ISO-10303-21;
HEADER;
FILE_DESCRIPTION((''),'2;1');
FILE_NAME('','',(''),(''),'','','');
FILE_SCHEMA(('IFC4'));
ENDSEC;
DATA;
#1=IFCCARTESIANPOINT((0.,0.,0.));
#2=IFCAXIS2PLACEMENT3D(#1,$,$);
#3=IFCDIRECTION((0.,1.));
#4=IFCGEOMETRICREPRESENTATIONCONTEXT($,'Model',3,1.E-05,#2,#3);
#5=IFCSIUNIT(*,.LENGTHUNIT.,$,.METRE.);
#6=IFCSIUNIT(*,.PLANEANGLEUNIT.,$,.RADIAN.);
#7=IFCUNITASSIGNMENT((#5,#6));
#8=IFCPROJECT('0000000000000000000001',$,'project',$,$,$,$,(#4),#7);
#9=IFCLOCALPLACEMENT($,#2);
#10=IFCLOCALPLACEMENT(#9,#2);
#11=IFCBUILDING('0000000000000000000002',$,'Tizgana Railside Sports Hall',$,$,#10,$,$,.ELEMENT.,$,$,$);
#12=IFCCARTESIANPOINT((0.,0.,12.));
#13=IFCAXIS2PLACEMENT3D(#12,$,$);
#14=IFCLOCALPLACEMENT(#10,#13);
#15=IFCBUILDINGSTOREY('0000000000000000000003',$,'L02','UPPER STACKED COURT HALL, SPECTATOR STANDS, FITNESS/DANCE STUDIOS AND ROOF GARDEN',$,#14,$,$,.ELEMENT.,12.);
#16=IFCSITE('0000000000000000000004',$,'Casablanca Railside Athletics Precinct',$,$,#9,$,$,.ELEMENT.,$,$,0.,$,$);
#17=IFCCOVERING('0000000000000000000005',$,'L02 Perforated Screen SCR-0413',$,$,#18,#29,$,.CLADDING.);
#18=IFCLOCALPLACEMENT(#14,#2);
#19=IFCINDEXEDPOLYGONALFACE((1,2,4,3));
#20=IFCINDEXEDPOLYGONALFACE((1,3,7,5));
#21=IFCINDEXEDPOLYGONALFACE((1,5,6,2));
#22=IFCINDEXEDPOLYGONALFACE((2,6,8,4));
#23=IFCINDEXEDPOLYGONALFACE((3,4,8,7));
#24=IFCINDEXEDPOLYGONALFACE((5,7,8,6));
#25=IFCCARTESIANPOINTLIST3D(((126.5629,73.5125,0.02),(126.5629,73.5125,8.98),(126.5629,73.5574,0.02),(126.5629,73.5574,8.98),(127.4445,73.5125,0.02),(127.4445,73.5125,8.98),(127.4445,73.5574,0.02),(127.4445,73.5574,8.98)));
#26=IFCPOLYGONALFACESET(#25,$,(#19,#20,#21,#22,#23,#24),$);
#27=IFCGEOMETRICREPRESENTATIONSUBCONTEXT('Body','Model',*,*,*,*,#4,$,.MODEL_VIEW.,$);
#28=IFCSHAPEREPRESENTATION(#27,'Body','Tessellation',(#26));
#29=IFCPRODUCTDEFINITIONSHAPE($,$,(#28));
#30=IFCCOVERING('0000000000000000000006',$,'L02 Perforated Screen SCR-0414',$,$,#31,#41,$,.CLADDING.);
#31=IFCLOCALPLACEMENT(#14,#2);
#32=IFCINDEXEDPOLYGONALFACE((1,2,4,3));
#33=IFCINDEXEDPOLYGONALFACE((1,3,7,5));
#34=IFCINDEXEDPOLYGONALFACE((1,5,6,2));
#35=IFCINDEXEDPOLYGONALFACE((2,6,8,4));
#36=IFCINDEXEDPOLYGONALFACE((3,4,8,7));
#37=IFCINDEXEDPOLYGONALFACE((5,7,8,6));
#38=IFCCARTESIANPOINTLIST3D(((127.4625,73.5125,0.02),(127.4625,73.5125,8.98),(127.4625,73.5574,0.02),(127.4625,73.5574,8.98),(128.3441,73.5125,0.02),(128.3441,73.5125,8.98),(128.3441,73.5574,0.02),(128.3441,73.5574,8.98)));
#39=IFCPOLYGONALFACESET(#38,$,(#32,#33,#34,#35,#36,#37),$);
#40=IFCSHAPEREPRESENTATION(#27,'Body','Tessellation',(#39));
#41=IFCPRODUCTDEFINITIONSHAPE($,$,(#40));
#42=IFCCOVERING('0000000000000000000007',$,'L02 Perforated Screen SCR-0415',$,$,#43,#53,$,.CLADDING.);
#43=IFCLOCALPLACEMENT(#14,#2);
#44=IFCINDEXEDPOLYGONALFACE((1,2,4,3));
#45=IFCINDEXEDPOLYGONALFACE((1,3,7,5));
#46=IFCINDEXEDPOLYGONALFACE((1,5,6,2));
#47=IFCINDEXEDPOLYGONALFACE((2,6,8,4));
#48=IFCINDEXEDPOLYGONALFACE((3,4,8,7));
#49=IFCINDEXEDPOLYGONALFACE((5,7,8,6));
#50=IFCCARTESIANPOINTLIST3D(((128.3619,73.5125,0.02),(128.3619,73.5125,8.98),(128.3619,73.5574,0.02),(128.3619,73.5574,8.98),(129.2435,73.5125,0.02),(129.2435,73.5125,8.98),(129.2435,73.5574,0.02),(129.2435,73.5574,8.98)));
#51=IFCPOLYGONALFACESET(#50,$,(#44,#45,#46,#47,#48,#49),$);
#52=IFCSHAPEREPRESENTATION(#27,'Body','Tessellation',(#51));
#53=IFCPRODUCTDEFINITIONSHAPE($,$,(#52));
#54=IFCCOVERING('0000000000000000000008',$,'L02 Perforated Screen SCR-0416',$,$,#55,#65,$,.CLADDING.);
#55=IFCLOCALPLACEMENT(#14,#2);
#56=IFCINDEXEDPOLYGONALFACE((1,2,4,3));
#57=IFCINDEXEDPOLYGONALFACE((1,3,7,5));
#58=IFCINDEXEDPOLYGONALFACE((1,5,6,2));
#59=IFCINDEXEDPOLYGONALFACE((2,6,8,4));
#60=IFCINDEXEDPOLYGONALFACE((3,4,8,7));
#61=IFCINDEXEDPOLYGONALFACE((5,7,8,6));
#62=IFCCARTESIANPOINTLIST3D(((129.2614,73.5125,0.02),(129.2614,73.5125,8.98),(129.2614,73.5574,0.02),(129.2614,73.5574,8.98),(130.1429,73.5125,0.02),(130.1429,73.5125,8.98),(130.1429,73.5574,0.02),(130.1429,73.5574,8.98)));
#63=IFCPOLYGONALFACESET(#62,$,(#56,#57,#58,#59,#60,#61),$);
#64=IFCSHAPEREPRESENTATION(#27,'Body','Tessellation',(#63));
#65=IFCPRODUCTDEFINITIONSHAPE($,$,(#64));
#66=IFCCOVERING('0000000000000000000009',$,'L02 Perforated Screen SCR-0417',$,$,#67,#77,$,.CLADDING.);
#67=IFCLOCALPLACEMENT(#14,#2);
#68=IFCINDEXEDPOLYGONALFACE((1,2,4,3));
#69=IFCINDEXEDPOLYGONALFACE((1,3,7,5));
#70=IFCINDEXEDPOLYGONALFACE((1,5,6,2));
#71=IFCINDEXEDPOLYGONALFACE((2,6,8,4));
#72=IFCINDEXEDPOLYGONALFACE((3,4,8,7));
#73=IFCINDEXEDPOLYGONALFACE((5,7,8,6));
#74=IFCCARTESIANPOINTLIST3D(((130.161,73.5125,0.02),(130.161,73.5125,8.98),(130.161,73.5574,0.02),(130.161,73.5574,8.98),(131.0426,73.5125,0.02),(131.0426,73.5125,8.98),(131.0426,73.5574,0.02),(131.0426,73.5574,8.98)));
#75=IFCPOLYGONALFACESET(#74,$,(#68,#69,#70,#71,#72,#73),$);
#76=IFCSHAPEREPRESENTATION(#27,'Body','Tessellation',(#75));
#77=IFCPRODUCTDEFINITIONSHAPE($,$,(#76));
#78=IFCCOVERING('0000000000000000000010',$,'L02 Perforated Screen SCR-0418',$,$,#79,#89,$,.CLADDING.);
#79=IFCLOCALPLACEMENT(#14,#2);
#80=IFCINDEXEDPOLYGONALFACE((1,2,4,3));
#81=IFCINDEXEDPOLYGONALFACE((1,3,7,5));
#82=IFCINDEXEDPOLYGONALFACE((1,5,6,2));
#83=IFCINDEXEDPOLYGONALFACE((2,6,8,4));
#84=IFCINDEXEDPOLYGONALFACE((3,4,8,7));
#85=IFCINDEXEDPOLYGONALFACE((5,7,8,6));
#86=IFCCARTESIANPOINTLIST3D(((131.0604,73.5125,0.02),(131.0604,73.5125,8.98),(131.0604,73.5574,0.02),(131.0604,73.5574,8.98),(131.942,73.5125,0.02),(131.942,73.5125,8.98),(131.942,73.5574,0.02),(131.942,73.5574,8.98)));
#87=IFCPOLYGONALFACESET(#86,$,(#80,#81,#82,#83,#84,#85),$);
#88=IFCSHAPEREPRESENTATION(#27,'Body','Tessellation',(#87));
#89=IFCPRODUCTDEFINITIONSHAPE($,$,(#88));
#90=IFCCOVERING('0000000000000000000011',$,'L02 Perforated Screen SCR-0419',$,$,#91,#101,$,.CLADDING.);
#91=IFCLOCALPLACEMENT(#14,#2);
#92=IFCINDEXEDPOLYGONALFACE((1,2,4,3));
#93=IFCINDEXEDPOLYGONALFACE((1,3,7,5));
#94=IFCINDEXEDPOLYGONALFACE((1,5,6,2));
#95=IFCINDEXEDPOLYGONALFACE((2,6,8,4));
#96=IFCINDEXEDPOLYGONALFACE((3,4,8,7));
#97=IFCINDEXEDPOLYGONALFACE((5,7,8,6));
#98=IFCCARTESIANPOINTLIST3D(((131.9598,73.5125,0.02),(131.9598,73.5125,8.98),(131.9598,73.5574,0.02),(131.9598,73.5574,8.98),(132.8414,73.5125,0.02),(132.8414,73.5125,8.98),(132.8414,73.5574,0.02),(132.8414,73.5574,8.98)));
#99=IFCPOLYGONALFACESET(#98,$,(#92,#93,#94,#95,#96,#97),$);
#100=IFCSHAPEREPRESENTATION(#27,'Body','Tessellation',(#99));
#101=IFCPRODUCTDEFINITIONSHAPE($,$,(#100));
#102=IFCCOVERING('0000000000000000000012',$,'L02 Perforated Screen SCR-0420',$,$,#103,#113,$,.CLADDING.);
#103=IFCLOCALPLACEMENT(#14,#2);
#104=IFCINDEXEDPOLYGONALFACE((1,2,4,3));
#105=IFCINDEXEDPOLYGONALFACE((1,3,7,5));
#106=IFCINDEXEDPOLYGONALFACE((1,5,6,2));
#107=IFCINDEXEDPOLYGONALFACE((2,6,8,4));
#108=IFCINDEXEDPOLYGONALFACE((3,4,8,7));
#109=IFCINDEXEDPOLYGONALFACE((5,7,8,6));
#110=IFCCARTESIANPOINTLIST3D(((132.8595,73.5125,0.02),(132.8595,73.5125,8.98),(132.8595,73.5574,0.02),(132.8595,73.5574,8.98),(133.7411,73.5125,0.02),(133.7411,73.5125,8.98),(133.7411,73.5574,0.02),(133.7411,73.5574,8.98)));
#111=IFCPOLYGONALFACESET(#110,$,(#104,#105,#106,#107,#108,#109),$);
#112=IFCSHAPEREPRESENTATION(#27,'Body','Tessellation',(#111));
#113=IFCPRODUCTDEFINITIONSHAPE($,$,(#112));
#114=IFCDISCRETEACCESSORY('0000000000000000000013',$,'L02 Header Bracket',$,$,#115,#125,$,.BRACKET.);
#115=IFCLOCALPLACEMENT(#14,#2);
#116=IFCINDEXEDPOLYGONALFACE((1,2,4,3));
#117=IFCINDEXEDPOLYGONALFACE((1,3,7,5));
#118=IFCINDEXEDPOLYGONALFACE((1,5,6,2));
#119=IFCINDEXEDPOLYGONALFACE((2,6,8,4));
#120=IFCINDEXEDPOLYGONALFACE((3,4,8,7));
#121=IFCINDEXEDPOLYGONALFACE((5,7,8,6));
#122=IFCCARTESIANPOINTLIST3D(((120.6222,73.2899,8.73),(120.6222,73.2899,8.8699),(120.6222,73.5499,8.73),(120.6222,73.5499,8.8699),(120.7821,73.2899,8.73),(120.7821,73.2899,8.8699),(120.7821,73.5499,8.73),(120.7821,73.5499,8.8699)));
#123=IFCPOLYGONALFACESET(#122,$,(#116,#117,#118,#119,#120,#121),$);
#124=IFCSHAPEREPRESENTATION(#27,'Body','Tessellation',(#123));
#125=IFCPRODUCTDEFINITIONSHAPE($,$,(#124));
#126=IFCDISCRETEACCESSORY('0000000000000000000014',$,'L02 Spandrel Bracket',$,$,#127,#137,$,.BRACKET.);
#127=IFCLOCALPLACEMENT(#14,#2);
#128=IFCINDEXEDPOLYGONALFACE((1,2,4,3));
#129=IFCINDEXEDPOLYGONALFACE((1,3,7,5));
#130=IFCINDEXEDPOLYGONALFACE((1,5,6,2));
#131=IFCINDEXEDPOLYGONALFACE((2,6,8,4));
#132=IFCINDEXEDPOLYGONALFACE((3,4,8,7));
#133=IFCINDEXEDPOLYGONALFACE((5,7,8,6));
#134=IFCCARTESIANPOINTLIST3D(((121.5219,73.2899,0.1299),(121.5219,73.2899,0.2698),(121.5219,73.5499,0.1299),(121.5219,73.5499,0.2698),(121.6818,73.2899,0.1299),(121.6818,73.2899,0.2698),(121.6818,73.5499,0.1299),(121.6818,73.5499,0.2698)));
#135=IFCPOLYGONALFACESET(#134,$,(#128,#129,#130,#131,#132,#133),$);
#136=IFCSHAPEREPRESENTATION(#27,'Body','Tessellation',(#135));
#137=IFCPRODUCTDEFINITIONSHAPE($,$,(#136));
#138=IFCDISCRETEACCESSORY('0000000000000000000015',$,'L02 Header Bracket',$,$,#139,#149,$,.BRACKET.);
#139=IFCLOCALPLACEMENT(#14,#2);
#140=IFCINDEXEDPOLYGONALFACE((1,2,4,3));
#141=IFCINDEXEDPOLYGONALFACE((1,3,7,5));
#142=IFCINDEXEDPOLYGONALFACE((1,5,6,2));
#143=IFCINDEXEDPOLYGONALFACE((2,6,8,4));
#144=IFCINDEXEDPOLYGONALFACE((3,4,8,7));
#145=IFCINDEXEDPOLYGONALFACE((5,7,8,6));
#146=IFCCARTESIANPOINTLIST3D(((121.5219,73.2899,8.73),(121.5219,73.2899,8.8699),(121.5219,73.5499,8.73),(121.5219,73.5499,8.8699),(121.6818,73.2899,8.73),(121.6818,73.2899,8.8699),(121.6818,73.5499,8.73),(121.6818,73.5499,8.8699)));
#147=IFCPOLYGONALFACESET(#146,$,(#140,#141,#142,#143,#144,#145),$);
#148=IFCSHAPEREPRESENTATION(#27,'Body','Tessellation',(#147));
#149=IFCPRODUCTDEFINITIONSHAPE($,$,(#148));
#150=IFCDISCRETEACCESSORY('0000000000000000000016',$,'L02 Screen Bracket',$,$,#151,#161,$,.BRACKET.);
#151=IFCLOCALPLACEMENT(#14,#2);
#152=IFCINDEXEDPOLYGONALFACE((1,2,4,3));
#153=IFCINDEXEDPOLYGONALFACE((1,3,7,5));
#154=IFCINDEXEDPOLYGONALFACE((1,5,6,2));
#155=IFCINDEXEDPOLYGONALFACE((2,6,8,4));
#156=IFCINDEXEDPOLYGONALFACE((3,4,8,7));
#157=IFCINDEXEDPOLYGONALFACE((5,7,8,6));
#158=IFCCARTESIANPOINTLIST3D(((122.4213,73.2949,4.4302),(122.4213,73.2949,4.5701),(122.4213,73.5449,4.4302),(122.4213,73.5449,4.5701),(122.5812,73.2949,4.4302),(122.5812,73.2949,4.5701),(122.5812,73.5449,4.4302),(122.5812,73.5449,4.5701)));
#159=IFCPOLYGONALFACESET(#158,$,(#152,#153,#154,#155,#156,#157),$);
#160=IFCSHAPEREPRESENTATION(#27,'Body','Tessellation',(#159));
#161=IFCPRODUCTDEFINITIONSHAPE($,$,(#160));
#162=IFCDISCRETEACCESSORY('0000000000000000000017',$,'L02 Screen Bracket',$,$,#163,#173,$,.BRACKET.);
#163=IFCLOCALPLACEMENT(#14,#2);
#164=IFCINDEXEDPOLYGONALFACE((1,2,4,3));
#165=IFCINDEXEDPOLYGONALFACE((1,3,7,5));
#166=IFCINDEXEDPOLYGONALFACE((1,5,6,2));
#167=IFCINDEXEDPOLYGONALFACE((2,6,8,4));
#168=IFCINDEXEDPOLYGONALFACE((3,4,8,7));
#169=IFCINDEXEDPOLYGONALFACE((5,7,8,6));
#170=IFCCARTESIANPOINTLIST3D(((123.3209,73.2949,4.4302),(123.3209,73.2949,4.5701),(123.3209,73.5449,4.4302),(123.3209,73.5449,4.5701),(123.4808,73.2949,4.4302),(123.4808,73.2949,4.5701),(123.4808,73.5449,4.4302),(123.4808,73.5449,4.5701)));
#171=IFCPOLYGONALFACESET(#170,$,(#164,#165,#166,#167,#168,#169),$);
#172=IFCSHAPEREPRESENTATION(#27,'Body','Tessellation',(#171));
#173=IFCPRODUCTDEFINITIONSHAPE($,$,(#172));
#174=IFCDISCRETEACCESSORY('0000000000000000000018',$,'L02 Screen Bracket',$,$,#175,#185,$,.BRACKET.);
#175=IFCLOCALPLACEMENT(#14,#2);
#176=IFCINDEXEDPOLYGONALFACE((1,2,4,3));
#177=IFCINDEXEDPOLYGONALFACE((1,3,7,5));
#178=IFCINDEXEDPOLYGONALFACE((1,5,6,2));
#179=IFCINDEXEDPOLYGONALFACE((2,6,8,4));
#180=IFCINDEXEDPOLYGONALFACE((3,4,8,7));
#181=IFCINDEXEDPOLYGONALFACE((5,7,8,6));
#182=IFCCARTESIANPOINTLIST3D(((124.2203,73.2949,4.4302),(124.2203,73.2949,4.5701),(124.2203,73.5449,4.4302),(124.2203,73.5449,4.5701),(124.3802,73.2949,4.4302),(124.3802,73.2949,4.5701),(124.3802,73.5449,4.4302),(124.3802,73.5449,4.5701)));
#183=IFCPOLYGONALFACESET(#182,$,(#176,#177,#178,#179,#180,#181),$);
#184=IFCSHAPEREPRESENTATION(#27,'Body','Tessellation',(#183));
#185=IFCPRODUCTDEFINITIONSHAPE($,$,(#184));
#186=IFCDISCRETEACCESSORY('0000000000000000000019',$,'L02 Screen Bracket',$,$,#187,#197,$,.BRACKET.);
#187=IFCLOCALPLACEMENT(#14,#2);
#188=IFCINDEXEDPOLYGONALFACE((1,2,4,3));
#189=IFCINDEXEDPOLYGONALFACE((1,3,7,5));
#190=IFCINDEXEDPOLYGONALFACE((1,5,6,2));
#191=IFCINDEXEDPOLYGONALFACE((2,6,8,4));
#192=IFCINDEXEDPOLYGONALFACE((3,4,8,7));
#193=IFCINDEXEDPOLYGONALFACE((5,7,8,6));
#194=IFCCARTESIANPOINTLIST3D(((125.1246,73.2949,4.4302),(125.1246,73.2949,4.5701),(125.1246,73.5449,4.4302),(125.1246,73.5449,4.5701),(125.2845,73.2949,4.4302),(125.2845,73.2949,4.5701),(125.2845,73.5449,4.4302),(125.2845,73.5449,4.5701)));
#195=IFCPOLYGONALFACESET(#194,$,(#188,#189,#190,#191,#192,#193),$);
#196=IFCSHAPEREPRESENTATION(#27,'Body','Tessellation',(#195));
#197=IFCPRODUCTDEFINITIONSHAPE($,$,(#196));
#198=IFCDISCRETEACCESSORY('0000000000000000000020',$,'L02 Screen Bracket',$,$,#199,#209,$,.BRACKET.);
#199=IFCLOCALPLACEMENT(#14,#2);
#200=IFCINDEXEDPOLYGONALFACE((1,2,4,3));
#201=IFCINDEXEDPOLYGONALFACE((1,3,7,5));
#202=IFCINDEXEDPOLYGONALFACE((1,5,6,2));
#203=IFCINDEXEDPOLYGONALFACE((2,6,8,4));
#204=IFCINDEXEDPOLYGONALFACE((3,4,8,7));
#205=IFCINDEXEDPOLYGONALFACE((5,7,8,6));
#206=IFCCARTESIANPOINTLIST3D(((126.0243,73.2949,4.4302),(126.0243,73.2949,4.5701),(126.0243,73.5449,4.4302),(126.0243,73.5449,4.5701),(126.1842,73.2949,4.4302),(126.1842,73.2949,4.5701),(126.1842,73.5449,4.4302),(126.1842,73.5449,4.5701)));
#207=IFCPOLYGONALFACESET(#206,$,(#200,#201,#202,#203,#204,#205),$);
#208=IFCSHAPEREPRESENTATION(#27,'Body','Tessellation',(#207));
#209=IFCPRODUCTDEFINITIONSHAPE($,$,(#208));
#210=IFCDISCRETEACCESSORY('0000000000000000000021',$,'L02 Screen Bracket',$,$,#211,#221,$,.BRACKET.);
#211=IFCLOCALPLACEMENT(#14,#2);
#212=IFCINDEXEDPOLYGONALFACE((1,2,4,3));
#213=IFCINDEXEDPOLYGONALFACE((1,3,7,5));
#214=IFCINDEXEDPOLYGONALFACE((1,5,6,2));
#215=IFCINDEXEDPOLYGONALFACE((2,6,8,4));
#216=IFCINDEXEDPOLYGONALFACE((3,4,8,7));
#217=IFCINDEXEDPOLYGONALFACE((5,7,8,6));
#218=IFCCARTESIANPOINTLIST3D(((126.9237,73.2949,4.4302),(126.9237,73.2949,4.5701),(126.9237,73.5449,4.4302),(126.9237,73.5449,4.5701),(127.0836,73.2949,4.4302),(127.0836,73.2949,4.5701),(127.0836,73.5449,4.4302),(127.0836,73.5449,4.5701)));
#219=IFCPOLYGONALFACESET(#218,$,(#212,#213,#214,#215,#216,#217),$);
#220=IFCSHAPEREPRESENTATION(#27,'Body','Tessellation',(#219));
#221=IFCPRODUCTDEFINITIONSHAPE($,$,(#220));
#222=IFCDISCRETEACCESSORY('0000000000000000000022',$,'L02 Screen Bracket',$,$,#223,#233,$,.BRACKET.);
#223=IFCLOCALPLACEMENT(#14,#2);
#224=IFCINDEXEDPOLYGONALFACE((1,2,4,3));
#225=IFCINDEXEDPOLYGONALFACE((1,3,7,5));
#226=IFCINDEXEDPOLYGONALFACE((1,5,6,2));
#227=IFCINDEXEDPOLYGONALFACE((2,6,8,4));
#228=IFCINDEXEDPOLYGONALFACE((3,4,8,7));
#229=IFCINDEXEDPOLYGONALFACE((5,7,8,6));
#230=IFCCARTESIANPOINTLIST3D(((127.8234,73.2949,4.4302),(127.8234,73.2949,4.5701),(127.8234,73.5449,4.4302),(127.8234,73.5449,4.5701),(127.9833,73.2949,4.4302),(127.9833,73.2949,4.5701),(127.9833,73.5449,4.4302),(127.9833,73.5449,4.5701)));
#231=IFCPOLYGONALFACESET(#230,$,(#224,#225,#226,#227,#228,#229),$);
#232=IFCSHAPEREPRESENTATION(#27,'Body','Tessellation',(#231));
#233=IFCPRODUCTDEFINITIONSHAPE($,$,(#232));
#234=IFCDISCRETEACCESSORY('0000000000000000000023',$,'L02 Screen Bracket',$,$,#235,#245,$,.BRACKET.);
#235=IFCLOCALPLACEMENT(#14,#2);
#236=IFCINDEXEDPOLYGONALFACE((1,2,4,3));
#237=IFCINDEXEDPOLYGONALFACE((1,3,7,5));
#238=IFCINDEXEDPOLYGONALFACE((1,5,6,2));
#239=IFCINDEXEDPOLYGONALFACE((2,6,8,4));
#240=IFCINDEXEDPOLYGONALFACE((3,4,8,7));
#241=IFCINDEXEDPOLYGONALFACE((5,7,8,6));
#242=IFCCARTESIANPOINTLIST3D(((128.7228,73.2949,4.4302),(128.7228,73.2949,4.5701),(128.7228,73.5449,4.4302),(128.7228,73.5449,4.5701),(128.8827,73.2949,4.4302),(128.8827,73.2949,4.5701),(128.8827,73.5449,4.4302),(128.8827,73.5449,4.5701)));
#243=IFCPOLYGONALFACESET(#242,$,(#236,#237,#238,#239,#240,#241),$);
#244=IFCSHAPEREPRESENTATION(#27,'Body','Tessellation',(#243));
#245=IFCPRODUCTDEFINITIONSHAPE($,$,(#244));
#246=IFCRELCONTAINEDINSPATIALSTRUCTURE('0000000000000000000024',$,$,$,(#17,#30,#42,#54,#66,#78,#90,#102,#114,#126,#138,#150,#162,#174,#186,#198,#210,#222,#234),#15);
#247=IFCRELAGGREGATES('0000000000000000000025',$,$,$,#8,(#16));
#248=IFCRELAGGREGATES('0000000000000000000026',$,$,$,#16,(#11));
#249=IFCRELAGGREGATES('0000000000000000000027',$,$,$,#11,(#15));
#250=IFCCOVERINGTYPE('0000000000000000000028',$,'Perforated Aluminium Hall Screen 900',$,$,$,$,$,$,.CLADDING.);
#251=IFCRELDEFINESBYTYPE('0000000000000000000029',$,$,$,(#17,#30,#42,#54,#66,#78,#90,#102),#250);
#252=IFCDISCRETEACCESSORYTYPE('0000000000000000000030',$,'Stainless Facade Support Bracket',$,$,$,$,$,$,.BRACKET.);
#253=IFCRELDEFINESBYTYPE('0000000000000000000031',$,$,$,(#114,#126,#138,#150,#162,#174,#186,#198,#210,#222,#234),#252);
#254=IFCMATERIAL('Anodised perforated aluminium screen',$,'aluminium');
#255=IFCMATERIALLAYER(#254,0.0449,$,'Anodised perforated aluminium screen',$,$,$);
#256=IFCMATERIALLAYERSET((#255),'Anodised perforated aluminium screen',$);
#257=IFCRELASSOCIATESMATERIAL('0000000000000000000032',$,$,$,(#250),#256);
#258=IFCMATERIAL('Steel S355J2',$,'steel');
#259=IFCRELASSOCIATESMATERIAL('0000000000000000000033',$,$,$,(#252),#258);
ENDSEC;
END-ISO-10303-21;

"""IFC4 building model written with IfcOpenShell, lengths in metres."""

from ifc_helpers import new_model, si_unit, direction, frame, origin, origin_2d, place, context, subcontext, project, spatial, rectangle, extrude, material, layer, layer_set, type_object, element, save


model = new_model("IFC4")

# Units and contexts
model_context = context("Model", 3, precision=1e-05, world=origin(), true_north=direction((0.0, 1.0)))
body_context = subcontext(model_context, "Body", "Model", "MODEL_VIEW")
ifc_project = project(units=[si_unit("LENGTHUNIT", "METRE"), si_unit("PLANEANGLEUNIT", "RADIAN")], contexts=[model_context])

# Site, building, storey
site_placement = place(None, origin())
site = spatial("IfcSite", under=ifc_project, at=site_placement, Name="Casablanca Railside Athletics Precinct", CompositionType="ELEMENT", RefElevation=0.0)
building_placement = place(site_placement, origin())
building = spatial("IfcBuilding", under=site, at=building_placement, Name="Tizgana Railside Sports Hall", CompositionType="ELEMENT")
storey_placement = place(building_placement, frame((0.0, 0.0, 12.0)))
storey = spatial("IfcBuildingStorey", under=building, at=storey_placement, Name="L02", Description="UPPER STACKED COURT HALL, SPECTATOR STANDS, FITNESS/DANCE STUDIOS AND ROOF GARDEN", CompositionType="ELEMENT", Elevation=12.0)

# Coverings
ifc_material_1 = material(Name="Anodised perforated aluminium screen", Category="aluminium")
ifc_layer = layer(ifc_material_1, 0.0449, Name="Anodised perforated aluminium screen")
ifc_layer_set = layer_set([ifc_layer], Name="Anodised perforated aluminium screen")
covering_type = type_object("IfcCoveringType", Name="Perforated Aluminium Hall Screen 900", PredefinedType="CLADDING", material=ifc_layer_set)
for number, where, z_axis, x_axis, name in (
    (1, (127.0037, 73.5349, 0.02), (0.0, 0.0, 1.0), (1.0, 0.0, 0.0), "L02 Perforated Screen SCR-0413"),
    (2, (127.9033, 73.5349, 0.02), (0.0, 0.0, 1.0), (1.0, 0.0, 0.0), "L02 Perforated Screen SCR-0414"),
    (3, (128.8027, 73.5349, 0.02), (0.0, 0.0, 1.0), (1.0, 0.0, 0.0), "L02 Perforated Screen SCR-0415"),
    (4, (129.7021, 73.5349, 0.02), (0.0, 0.0, 1.0), (1.0, 0.0, 0.0), "L02 Perforated Screen SCR-0416"),
    (5, (130.6018, 73.5349, 0.02), (0.0, 0.0, 1.0), (1.0, 0.0, 0.0), "L02 Perforated Screen SCR-0417"),
    (6, (131.5012, 73.5349, 0.02), (0.0, 0.0, 1.0), (1.0, 0.0, 0.0), "L02 Perforated Screen SCR-0418"),
    (7, (132.4006, 73.5349, 0.02), (0.0, 0.0, 1.0), (1.0, 0.0, 0.0), "L02 Perforated Screen SCR-0419"),
    (8, (133.3003, 73.5349, 0.02), (0.0, 0.0, 1.0), (1.0, 0.0, 0.0), "L02 Perforated Screen SCR-0420"),
):
    element("IfcCovering", number, at=place(storey_placement, frame(where, z_axis=z_axis, x_axis=x_axis)), inside=storey, type_object=covering_type, Name=name, PredefinedType="CLADDING", context=body_context, shape_type="SweptSolid", body=[
        extrude(rectangle(XDim=0.8816, YDim=0.0449, at=origin_2d()), origin(), (0.0, 0.0, 1.0), 8.96),
    ])

# Discrete accessories
ifc_material_2 = material(Name="Steel S355J2", Category="steel")
discrete_accessory_type = type_object("IfcDiscreteAccessoryType", Name="Stainless Facade Support Bracket", PredefinedType="BRACKET", material=ifc_material_2)
for number, where, z_axis, x_axis, name in (
    (9, (120.7021, 73.4199, 8.73), (0.0, 0.0, 1.0), (1.0, 0.0, 0.0), "L02 Header Bracket"),
    (10, (121.6018, 73.4199, 0.1299), (0.0, 0.0, 1.0), (1.0, 0.0, 0.0), "L02 Spandrel Bracket"),
    (11, (121.6018, 73.4199, 8.73), (0.0, 0.0, 1.0), (1.0, 0.0, 0.0), "L02 Header Bracket"),
):
    element("IfcDiscreteAccessory", number, at=place(storey_placement, frame(where, z_axis=z_axis, x_axis=x_axis)), inside=storey, type_object=discrete_accessory_type, Name=name, PredefinedType="BRACKET", context=body_context, shape_type="SweptSolid", body=[
        extrude(rectangle(XDim=0.1599, YDim=0.26, at=origin_2d()), origin(), (0.0, 0.0, 1.0), 0.1399),
    ])
for number, where, z_axis, x_axis, name in (
    (12, (122.5012, 73.4199, 4.4302), (0.0, 0.0, 1.0), (1.0, 0.0, 0.0), "L02 Screen Bracket"),
    (13, (123.4009, 73.4199, 4.4302), (0.0, 0.0, 1.0), (1.0, 0.0, 0.0), "L02 Screen Bracket"),
    (14, (124.3003, 73.4199, 4.4302), (0.0, 0.0, 1.0), (1.0, 0.0, 0.0), "L02 Screen Bracket"),
    (15, (125.2046, 73.4199, 4.4302), (0.0, 0.0, 1.0), (1.0, 0.0, 0.0), "L02 Screen Bracket"),
    (16, (126.1042, 73.4199, 4.4302), (0.0, 0.0, 1.0), (1.0, 0.0, 0.0), "L02 Screen Bracket"),
    (17, (127.0037, 73.4199, 4.4302), (0.0, 0.0, 1.0), (1.0, 0.0, 0.0), "L02 Screen Bracket"),
    (18, (127.9033, 73.4199, 4.4302), (0.0, 0.0, 1.0), (1.0, 0.0, 0.0), "L02 Screen Bracket"),
    (19, (128.8027, 73.4199, 4.4302), (0.0, 0.0, 1.0), (1.0, 0.0, 0.0), "L02 Screen Bracket"),
):
    element("IfcDiscreteAccessory", number, at=place(storey_placement, frame(where, z_axis=z_axis, x_axis=x_axis)), inside=storey, type_object=discrete_accessory_type, Name=name, PredefinedType="BRACKET", context=body_context, shape_type="SweptSolid", body=[
        extrude(rectangle(XDim=0.1599, YDim=0.25, at=origin_2d()), origin(), (0.0, 0.0, 1.0), 0.1399),
    ])

save(model, "model.ifc")
